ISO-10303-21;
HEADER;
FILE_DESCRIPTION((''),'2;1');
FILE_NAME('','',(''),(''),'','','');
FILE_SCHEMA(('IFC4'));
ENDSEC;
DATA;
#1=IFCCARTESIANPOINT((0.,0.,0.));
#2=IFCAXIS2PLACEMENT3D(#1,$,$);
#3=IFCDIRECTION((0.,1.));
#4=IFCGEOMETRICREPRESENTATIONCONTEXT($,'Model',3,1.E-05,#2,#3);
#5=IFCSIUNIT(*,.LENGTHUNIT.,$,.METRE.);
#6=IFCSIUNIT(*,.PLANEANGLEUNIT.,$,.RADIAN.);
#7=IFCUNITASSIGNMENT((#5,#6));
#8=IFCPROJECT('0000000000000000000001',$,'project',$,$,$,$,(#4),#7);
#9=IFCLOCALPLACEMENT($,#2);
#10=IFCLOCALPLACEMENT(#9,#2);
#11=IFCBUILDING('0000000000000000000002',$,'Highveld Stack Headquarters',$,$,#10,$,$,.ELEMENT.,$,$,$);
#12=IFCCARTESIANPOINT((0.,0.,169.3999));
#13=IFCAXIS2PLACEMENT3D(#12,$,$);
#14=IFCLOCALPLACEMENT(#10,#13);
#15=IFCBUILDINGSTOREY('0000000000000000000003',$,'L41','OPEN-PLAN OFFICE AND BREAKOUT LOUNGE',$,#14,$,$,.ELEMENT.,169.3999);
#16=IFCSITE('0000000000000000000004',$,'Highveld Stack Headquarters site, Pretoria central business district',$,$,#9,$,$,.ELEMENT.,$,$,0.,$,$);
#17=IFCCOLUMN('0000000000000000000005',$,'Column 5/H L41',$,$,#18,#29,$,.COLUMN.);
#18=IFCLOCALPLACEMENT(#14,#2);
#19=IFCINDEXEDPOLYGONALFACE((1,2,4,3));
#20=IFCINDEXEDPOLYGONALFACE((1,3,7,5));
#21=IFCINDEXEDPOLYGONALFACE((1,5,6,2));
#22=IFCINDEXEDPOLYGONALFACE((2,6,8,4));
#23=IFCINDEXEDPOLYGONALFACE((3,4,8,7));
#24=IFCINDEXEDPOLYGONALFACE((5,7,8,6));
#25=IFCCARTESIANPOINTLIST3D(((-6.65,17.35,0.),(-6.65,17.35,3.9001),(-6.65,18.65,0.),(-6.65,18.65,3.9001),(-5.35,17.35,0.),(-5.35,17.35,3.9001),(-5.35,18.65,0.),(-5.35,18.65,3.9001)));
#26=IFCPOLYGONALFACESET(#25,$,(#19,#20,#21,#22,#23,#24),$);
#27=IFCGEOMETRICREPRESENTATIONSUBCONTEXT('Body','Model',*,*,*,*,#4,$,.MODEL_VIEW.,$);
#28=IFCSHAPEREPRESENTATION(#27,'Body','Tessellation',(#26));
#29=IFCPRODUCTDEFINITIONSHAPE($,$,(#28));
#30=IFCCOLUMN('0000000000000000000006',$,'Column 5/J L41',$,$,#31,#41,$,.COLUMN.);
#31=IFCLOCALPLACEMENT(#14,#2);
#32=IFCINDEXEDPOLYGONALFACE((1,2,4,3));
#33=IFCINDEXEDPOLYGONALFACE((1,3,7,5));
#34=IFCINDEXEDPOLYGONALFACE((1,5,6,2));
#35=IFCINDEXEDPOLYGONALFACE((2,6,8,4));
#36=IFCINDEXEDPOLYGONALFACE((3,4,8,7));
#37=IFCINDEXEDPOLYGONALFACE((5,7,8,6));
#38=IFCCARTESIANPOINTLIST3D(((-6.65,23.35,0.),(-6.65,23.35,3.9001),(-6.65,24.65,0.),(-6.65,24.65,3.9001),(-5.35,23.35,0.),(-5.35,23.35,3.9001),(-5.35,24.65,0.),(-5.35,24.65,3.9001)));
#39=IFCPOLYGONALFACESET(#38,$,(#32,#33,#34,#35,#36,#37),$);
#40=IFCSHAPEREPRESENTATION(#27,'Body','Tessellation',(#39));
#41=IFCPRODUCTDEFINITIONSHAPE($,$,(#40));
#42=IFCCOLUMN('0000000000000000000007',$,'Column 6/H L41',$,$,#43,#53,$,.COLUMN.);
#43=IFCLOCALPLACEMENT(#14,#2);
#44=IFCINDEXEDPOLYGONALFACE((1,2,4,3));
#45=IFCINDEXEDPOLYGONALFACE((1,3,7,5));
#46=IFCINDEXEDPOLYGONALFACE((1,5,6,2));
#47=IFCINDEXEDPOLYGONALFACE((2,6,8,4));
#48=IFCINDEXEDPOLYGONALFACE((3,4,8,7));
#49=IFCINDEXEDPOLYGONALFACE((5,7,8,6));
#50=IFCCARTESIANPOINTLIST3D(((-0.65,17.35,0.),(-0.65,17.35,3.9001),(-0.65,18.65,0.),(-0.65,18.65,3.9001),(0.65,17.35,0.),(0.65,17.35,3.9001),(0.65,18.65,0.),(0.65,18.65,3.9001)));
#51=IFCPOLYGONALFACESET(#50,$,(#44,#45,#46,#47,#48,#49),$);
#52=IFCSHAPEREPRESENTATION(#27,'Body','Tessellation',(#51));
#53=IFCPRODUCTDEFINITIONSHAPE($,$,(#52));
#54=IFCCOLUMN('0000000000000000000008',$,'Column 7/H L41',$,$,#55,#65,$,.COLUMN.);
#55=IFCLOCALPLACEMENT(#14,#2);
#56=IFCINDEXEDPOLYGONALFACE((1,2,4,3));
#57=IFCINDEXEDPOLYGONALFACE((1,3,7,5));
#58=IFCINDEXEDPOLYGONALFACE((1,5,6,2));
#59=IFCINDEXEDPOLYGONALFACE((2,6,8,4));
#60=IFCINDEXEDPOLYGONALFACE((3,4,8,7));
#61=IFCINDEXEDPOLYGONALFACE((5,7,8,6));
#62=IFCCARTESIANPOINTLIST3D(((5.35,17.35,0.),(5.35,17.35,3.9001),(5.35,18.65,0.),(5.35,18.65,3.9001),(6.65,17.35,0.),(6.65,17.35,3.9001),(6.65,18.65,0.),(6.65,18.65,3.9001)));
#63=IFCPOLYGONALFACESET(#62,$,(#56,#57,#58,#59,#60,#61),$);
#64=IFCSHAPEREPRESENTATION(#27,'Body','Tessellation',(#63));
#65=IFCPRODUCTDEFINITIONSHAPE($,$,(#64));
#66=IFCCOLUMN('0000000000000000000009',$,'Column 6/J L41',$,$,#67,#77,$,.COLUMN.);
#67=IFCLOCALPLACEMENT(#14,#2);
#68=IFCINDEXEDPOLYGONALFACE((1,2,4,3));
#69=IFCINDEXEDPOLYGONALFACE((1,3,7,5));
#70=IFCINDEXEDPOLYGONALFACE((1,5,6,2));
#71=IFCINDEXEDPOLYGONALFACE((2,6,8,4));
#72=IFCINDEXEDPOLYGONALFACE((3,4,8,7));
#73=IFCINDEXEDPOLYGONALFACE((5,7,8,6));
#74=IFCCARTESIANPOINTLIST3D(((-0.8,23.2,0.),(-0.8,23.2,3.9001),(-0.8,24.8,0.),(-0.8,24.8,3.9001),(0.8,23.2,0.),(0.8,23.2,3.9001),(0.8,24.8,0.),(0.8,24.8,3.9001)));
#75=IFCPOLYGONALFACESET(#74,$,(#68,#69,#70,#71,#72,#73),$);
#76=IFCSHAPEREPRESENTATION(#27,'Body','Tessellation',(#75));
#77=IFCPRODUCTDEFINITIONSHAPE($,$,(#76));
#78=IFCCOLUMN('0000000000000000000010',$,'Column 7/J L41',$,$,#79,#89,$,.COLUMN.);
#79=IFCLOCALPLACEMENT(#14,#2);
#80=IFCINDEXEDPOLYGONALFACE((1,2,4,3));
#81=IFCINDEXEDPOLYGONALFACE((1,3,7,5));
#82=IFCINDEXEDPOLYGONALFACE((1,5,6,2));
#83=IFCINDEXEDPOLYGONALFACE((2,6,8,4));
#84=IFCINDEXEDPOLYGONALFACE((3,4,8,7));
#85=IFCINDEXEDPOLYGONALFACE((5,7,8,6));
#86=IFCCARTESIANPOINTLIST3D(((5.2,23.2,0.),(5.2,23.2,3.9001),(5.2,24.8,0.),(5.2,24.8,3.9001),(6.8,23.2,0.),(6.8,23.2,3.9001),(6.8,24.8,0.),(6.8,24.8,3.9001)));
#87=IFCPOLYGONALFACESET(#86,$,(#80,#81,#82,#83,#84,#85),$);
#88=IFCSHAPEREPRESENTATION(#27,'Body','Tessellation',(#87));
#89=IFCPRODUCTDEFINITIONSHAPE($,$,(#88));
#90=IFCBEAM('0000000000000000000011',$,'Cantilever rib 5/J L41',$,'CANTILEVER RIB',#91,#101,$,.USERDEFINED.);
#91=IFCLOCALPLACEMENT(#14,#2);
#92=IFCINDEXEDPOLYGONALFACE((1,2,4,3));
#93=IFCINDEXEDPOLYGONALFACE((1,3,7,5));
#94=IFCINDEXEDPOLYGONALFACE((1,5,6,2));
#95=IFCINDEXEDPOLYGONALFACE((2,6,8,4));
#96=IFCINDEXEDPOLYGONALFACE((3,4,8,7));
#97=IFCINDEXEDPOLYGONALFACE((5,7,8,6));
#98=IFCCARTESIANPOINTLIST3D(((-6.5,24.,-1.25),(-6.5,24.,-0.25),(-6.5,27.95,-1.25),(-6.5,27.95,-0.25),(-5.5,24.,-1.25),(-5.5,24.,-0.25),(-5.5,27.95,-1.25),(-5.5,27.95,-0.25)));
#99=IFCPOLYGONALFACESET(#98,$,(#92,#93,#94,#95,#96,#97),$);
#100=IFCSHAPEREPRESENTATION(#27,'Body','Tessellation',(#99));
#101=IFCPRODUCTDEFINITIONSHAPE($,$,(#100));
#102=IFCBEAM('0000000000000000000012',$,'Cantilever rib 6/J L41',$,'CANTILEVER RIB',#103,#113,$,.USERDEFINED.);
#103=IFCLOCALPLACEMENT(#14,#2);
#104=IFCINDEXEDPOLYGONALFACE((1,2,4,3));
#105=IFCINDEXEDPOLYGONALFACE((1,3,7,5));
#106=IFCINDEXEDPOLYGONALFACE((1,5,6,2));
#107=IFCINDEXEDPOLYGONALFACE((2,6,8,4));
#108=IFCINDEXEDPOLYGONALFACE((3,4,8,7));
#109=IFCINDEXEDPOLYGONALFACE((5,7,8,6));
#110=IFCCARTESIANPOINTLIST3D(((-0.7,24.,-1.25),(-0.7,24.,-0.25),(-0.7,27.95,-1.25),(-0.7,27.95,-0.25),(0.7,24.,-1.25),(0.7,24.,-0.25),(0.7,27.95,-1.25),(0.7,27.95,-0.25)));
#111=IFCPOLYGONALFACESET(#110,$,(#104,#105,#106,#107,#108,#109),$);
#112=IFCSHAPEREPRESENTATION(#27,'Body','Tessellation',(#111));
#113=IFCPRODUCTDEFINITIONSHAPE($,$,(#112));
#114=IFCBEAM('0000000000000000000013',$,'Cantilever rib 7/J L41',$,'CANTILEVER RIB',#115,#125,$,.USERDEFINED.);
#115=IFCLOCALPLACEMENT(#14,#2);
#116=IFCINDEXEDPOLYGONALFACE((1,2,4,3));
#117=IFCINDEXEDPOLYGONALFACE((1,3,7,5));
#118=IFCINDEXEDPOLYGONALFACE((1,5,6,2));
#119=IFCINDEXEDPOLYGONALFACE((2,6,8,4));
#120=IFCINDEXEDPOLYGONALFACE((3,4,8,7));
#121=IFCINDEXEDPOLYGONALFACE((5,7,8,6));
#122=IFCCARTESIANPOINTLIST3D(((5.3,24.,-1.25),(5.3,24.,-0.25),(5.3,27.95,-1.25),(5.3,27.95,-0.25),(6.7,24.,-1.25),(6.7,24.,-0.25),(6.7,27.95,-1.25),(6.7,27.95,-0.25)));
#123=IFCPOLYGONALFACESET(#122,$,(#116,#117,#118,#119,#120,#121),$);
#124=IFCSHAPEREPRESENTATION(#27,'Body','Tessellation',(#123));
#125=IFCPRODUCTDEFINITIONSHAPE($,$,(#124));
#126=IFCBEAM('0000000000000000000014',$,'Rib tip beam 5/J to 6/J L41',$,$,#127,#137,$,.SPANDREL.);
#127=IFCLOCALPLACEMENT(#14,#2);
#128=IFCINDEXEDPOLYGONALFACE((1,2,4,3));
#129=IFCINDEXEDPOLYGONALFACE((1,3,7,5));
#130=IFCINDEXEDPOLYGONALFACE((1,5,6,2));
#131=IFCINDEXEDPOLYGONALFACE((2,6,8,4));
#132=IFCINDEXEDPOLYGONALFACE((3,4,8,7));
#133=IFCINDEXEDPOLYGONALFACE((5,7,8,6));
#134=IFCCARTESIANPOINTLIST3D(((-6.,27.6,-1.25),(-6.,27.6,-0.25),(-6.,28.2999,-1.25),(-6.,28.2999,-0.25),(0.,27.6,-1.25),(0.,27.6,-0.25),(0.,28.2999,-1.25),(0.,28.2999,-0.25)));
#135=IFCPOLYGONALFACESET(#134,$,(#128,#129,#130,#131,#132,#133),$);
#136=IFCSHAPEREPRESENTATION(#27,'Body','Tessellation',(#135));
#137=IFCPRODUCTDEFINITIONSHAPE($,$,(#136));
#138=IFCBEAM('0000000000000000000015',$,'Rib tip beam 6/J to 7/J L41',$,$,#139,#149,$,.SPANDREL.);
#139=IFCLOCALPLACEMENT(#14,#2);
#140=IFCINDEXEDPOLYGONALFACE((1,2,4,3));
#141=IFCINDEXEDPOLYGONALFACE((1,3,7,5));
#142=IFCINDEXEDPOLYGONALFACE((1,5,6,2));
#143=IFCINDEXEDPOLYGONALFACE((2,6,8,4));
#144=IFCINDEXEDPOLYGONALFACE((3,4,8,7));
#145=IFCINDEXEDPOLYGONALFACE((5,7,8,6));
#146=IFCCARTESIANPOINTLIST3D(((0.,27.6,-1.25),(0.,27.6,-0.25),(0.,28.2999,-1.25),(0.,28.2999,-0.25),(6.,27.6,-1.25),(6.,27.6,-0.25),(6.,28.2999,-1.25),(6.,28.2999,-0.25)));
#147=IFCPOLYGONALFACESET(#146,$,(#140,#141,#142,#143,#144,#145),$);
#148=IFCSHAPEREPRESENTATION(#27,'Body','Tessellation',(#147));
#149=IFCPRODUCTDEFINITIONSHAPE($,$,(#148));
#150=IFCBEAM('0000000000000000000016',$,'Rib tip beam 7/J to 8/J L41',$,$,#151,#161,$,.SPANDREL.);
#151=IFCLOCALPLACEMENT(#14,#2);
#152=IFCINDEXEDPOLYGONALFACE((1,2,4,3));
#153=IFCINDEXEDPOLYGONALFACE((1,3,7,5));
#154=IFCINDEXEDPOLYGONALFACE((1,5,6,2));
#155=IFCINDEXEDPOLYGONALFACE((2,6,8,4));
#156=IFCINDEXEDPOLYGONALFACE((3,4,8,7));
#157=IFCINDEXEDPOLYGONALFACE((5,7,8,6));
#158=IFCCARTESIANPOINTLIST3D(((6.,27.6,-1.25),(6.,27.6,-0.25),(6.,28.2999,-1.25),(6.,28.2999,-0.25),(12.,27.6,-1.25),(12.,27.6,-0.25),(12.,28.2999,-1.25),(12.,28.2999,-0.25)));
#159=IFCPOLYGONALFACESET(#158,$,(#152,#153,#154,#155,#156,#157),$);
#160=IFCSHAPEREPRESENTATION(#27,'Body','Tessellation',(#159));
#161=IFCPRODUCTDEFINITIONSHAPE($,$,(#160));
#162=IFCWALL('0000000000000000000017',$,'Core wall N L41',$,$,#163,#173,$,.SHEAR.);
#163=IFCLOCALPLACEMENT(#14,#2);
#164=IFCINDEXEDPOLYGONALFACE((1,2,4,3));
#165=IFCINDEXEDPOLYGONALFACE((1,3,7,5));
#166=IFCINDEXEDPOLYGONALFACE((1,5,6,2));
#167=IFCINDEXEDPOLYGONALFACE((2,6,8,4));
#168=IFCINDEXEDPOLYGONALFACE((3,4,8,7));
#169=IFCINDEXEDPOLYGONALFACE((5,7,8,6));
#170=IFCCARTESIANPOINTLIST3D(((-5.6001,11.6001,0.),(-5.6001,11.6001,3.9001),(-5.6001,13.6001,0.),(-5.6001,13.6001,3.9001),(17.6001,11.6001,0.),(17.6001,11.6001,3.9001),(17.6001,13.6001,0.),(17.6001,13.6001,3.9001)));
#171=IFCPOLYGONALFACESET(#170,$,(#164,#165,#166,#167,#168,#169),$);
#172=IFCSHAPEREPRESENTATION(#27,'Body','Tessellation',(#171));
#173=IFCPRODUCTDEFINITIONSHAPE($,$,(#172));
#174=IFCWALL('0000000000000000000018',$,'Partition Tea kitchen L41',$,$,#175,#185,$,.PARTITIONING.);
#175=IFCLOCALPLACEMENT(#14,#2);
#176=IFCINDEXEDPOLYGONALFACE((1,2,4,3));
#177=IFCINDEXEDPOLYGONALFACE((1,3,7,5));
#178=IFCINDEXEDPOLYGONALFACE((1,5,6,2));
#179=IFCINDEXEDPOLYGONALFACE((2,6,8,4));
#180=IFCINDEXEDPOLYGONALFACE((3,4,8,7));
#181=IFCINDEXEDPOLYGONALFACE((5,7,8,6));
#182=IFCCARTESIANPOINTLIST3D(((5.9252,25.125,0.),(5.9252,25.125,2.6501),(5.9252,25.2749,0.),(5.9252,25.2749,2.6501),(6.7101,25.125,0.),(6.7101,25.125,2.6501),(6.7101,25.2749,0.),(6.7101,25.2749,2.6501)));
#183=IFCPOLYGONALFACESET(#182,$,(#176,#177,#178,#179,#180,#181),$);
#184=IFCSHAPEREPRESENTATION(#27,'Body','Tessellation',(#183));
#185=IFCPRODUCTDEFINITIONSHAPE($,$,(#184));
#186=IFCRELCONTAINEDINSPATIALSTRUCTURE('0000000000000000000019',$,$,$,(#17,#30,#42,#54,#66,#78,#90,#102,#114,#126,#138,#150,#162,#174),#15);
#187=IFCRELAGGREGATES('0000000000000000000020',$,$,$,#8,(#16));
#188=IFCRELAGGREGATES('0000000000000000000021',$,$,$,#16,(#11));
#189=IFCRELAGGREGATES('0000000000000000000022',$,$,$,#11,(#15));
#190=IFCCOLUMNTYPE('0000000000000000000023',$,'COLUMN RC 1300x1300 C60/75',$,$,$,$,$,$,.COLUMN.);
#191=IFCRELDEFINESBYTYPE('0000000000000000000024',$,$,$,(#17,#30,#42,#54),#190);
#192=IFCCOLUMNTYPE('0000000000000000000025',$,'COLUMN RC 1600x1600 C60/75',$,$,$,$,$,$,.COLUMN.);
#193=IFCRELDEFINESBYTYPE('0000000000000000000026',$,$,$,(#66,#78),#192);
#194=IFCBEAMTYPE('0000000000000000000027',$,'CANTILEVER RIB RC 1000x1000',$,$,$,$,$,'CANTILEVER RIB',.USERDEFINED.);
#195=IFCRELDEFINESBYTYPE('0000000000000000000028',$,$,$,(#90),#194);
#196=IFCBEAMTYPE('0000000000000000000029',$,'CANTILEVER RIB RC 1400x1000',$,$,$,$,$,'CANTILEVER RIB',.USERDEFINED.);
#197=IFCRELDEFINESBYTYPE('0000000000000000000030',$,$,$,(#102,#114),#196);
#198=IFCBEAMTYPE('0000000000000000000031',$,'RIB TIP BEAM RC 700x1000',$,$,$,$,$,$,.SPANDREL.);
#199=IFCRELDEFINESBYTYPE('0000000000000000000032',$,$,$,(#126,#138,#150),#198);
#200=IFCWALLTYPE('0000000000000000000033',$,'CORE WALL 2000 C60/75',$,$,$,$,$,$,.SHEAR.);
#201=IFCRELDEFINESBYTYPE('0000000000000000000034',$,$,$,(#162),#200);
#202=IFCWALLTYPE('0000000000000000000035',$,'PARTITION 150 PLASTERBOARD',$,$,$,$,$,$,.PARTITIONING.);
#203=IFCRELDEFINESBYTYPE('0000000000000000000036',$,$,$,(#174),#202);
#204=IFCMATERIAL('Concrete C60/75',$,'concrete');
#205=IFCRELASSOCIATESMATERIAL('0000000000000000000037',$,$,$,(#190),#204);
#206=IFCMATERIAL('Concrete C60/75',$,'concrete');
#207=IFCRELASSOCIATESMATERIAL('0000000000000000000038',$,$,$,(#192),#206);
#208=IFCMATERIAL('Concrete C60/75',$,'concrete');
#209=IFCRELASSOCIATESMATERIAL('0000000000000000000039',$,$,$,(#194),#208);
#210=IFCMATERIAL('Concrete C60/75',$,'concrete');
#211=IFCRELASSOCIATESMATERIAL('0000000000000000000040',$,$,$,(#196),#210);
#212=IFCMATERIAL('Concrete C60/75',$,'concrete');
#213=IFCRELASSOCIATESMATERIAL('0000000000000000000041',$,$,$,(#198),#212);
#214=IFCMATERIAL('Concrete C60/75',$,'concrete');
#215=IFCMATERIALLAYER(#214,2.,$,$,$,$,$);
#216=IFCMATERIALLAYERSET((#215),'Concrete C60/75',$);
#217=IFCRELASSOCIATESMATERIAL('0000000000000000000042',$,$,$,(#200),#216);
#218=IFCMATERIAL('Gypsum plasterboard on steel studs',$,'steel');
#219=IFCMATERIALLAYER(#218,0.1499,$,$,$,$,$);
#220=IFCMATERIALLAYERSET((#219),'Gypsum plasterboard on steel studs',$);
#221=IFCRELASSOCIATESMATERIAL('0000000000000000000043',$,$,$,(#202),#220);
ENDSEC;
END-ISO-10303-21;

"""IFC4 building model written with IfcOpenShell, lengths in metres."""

from ifc_helpers import new_model, si_unit, direction, frame, frame_2d, origin, origin_2d, place, context, subcontext, project, spatial, rectangle, extrude, material, layer, layer_set, material_profile, profile_set, type_object, element, save


model = new_model("IFC4")

# Units and contexts
model_context = context("Model", 3, precision=1e-05, world=origin(), true_north=direction((0.0, 1.0)))
body_context = subcontext(model_context, "Body", "Model", "MODEL_VIEW")
ifc_project = project(units=[si_unit("LENGTHUNIT", "METRE"), si_unit("PLANEANGLEUNIT", "RADIAN")], contexts=[model_context])

# Site, building, storey
site_placement = place(None, origin())
site = spatial("IfcSite", under=ifc_project, at=site_placement, Name="Highveld Stack Headquarters site, Pretoria central business district", CompositionType="ELEMENT", RefElevation=0.0)
building_placement = place(site_placement, origin())
building = spatial("IfcBuilding", under=site, at=building_placement, Name="Highveld Stack Headquarters", CompositionType="ELEMENT")
storey_placement = place(building_placement, frame((0.0, 0.0, 169.3999)))
storey = spatial("IfcBuildingStorey", under=building, at=storey_placement, Name="L41", Description="OPEN-PLAN OFFICE AND BREAKOUT LOUNGE", CompositionType="ELEMENT", Elevation=169.3999)

# Columns
ifc_material_1 = material(Name="Concrete C60/75", Category="concrete")
ifc_material_profile_1 = material_profile(ifc_material_1, rectangle(XDim=1.3, YDim=1.3, at=origin_2d()), Name="RC 1300x1300")
ifc_profile_set_1 = profile_set([ifc_material_profile_1], Name="Concrete C60/75")
column_type_1 = type_object("IfcColumnType", Name="COLUMN RC 1300x1300 C60/75", PredefinedType="COLUMN", material=ifc_profile_set_1)
for number, where, z_axis, x_axis, name in (
    (1, (-6.0, 18.0, 0.0), (0.0, 0.0, 1.0), (1.0, 0.0, 0.0), "Column 5/H L41"),
    (2, (-6.0, 24.0, 0.0), (0.0, 0.0, 1.0), (1.0, 0.0, 0.0), "Column 5/J L41"),
    (3, (0.0, 18.0, 0.0), (0.0, 0.0, 1.0), (1.0, 0.0, 0.0), "Column 6/H L41"),
    (4, (6.0, 18.0, 0.0), (0.0, 0.0, 1.0), (1.0, 0.0, 0.0), "Column 7/H L41"),
):
    element("IfcColumn", number, at=place(storey_placement, frame(where, z_axis=z_axis, x_axis=x_axis)), inside=storey, type_object=column_type_1, Name=name, PredefinedType="COLUMN", context=body_context, shape_type="SweptSolid", body=[
        extrude(rectangle(XDim=1.3, YDim=1.3, at=origin_2d()), origin(), (0.0, 0.0, 1.0), 3.9001),
    ])
ifc_material_2 = material(Name="Concrete C60/75", Category="concrete")
ifc_material_profile_2 = material_profile(ifc_material_2, rectangle(XDim=1.6001, YDim=1.6001, at=origin_2d()), Name="RC 1600x1600")
ifc_profile_set_2 = profile_set([ifc_material_profile_2], Name="Concrete C60/75")
column_type_2 = type_object("IfcColumnType", Name="COLUMN RC 1600x1600 C60/75", PredefinedType="COLUMN", material=ifc_profile_set_2)
for number, where, z_axis, x_axis, name in (
    (5, (0.0, 24.0, 0.0), (0.0, 0.0, 1.0), (1.0, 0.0, 0.0), "Column 6/J L41"),
    (6, (6.0, 24.0, 0.0), (0.0, 0.0, 1.0), (1.0, 0.0, 0.0), "Column 7/J L41"),
):
    element("IfcColumn", number, at=place(storey_placement, frame(where, z_axis=z_axis, x_axis=x_axis)), inside=storey, type_object=column_type_2, Name=name, PredefinedType="COLUMN", context=body_context, shape_type="SweptSolid", body=[
        extrude(rectangle(XDim=1.6001, YDim=1.6001, at=origin_2d()), origin(), (0.0, 0.0, 1.0), 3.9001),
    ])

# Beams
ifc_material_3 = material(Name="Concrete C60/75", Category="concrete")
ifc_material_profile_3 = material_profile(ifc_material_3, rectangle(XDim=1.0, YDim=1.0, at=origin_2d()), Name="RC 1000x1000")
ifc_profile_set_3 = profile_set([ifc_material_profile_3], Name="Concrete C60/75")
beam_type_1 = type_object("IfcBeamType", Name="CANTILEVER RIB RC 1000x1000", ElementType="CANTILEVER RIB", PredefinedType="USERDEFINED", material=ifc_profile_set_3)
beam_placement = place(storey_placement, frame((-6.0, 24.0, -0.75), z_axis=(0.0, 1.0, 0.0), x_axis=(-1.0, 0.0, 0.0)))
element("IfcBeam", 7, at=beam_placement, inside=storey, type_object=beam_type_1, Name="Cantilever rib 5/J L41", ObjectType="CANTILEVER RIB", PredefinedType="USERDEFINED", context=body_context, shape_type="SweptSolid", body=[
    extrude(rectangle(XDim=1.0, YDim=1.0, at=origin_2d()), origin(), (0.0, 0.0, 1.0), 3.95),
])
ifc_material_4 = material(Name="Concrete C60/75", Category="concrete")
ifc_material_profile_4 = material_profile(ifc_material_4, rectangle(XDim=1.3999, YDim=1.0, at=origin_2d()), Name="RC 1400x1000")
ifc_profile_set_4 = profile_set([ifc_material_profile_4], Name="Concrete C60/75")
beam_type_2 = type_object("IfcBeamType", Name="CANTILEVER RIB RC 1400x1000", ElementType="CANTILEVER RIB", PredefinedType="USERDEFINED", material=ifc_profile_set_4)
for number, where, z_axis, x_axis, name in (
    (8, (0.0, 24.0, -0.75), (0.0, 1.0, 0.0), (-1.0, 0.0, 0.0), "Cantilever rib 6/J L41"),
    (9, (6.0, 24.0, -0.75), (0.0, 1.0, 0.0), (-1.0, 0.0, 0.0), "Cantilever rib 7/J L41"),
):
    element("IfcBeam", number, at=place(storey_placement, frame(where, z_axis=z_axis, x_axis=x_axis)), inside=storey, type_object=beam_type_2, Name=name, ObjectType="CANTILEVER RIB", PredefinedType="USERDEFINED", context=body_context, shape_type="SweptSolid", body=[
        extrude(rectangle(XDim=1.3999, YDim=1.0, at=origin_2d()), origin(), (0.0, 0.0, 1.0), 3.95),
    ])
ifc_material_5 = material(Name="Concrete C60/75", Category="concrete")
ifc_material_profile_5 = material_profile(ifc_material_5, rectangle(XDim=0.7, YDim=1.0, at=origin_2d()), Name="RC 700x1000")
ifc_profile_set_5 = profile_set([ifc_material_profile_5], Name="Concrete C60/75")
beam_type_3 = type_object("IfcBeamType", Name="RIB TIP BEAM RC 700x1000", PredefinedType="SPANDREL", material=ifc_profile_set_5)
for number, where, z_axis, x_axis, name in (
    (10, (-6.0, 27.95, -0.75), (1.0, 0.0, 0.0), (0.0, 1.0, 0.0), "Rib tip beam 5/J to 6/J L41"),
    (11, (0.0, 27.95, -0.75), (1.0, 0.0, 0.0), (0.0, 1.0, 0.0), "Rib tip beam 6/J to 7/J L41"),
    (12, (6.0, 27.95, -0.75), (1.0, 0.0, 0.0), (0.0, 1.0, 0.0), "Rib tip beam 7/J to 8/J L41"),
):
    element("IfcBeam", number, at=place(storey_placement, frame(where, z_axis=z_axis, x_axis=x_axis)), inside=storey, type_object=beam_type_3, Name=name, PredefinedType="SPANDREL", context=body_context, shape_type="SweptSolid", body=[
        extrude(rectangle(XDim=0.7, YDim=1.0, at=origin_2d()), origin(), (0.0, 0.0, 1.0), 6.0),
    ])

# Walls
ifc_material_6 = material(Name="Concrete C60/75", Category="concrete")
ifc_layer_1 = layer(ifc_material_6, 2.0)
ifc_layer_set_1 = layer_set([ifc_layer_1], Name="Concrete C60/75")
wall_type_1 = type_object("IfcWallType", Name="CORE WALL 2000 C60/75", PredefinedType="SHEAR", material=ifc_layer_set_1)
wall_1_placement = place(storey_placement, frame((-5.6001, 12.6001, 0.0), z_axis=(0.0, 0.0, 1.0), x_axis=(1.0, 0.0, 0.0)))
element("IfcWall", 13, at=wall_1_placement, inside=storey, type_object=wall_type_1, Name="Core wall N L41", PredefinedType="SHEAR", context=body_context, shape_type="SweptSolid", body=[
    extrude(rectangle(XDim=23.2002, YDim=2.0, at=frame_2d((11.6001, 0.0))), origin(), (0.0, 0.0, 1.0), 3.9001),
])
ifc_material_7 = material(Name="Gypsum plasterboard on steel studs", Category="steel")
ifc_layer_2 = layer(ifc_material_7, 0.1499)
ifc_layer_set_2 = layer_set([ifc_layer_2], Name="Gypsum plasterboard on steel studs")
wall_type_2 = type_object("IfcWallType", Name="PARTITION 150 PLASTERBOARD", PredefinedType="PARTITIONING", material=ifc_layer_set_2)
wall_2_placement = place(storey_placement, frame((5.925, 25.2, 0.0), z_axis=(0.0, 0.0, 1.0), x_axis=(1.0, 0.0, 0.0)))
element("IfcWall", 14, at=wall_2_placement, inside=storey, type_object=wall_type_2, Name="Partition Tea kitchen L41", PredefinedType="PARTITIONING", context=body_context, shape_type="SweptSolid", body=[
    extrude(rectangle(XDim=0.7849, YDim=0.1499, at=frame_2d((0.3926, 0.0))), origin(), (0.0, 0.0, 1.0), 2.6501),
])

save(model, "model.ifc")
